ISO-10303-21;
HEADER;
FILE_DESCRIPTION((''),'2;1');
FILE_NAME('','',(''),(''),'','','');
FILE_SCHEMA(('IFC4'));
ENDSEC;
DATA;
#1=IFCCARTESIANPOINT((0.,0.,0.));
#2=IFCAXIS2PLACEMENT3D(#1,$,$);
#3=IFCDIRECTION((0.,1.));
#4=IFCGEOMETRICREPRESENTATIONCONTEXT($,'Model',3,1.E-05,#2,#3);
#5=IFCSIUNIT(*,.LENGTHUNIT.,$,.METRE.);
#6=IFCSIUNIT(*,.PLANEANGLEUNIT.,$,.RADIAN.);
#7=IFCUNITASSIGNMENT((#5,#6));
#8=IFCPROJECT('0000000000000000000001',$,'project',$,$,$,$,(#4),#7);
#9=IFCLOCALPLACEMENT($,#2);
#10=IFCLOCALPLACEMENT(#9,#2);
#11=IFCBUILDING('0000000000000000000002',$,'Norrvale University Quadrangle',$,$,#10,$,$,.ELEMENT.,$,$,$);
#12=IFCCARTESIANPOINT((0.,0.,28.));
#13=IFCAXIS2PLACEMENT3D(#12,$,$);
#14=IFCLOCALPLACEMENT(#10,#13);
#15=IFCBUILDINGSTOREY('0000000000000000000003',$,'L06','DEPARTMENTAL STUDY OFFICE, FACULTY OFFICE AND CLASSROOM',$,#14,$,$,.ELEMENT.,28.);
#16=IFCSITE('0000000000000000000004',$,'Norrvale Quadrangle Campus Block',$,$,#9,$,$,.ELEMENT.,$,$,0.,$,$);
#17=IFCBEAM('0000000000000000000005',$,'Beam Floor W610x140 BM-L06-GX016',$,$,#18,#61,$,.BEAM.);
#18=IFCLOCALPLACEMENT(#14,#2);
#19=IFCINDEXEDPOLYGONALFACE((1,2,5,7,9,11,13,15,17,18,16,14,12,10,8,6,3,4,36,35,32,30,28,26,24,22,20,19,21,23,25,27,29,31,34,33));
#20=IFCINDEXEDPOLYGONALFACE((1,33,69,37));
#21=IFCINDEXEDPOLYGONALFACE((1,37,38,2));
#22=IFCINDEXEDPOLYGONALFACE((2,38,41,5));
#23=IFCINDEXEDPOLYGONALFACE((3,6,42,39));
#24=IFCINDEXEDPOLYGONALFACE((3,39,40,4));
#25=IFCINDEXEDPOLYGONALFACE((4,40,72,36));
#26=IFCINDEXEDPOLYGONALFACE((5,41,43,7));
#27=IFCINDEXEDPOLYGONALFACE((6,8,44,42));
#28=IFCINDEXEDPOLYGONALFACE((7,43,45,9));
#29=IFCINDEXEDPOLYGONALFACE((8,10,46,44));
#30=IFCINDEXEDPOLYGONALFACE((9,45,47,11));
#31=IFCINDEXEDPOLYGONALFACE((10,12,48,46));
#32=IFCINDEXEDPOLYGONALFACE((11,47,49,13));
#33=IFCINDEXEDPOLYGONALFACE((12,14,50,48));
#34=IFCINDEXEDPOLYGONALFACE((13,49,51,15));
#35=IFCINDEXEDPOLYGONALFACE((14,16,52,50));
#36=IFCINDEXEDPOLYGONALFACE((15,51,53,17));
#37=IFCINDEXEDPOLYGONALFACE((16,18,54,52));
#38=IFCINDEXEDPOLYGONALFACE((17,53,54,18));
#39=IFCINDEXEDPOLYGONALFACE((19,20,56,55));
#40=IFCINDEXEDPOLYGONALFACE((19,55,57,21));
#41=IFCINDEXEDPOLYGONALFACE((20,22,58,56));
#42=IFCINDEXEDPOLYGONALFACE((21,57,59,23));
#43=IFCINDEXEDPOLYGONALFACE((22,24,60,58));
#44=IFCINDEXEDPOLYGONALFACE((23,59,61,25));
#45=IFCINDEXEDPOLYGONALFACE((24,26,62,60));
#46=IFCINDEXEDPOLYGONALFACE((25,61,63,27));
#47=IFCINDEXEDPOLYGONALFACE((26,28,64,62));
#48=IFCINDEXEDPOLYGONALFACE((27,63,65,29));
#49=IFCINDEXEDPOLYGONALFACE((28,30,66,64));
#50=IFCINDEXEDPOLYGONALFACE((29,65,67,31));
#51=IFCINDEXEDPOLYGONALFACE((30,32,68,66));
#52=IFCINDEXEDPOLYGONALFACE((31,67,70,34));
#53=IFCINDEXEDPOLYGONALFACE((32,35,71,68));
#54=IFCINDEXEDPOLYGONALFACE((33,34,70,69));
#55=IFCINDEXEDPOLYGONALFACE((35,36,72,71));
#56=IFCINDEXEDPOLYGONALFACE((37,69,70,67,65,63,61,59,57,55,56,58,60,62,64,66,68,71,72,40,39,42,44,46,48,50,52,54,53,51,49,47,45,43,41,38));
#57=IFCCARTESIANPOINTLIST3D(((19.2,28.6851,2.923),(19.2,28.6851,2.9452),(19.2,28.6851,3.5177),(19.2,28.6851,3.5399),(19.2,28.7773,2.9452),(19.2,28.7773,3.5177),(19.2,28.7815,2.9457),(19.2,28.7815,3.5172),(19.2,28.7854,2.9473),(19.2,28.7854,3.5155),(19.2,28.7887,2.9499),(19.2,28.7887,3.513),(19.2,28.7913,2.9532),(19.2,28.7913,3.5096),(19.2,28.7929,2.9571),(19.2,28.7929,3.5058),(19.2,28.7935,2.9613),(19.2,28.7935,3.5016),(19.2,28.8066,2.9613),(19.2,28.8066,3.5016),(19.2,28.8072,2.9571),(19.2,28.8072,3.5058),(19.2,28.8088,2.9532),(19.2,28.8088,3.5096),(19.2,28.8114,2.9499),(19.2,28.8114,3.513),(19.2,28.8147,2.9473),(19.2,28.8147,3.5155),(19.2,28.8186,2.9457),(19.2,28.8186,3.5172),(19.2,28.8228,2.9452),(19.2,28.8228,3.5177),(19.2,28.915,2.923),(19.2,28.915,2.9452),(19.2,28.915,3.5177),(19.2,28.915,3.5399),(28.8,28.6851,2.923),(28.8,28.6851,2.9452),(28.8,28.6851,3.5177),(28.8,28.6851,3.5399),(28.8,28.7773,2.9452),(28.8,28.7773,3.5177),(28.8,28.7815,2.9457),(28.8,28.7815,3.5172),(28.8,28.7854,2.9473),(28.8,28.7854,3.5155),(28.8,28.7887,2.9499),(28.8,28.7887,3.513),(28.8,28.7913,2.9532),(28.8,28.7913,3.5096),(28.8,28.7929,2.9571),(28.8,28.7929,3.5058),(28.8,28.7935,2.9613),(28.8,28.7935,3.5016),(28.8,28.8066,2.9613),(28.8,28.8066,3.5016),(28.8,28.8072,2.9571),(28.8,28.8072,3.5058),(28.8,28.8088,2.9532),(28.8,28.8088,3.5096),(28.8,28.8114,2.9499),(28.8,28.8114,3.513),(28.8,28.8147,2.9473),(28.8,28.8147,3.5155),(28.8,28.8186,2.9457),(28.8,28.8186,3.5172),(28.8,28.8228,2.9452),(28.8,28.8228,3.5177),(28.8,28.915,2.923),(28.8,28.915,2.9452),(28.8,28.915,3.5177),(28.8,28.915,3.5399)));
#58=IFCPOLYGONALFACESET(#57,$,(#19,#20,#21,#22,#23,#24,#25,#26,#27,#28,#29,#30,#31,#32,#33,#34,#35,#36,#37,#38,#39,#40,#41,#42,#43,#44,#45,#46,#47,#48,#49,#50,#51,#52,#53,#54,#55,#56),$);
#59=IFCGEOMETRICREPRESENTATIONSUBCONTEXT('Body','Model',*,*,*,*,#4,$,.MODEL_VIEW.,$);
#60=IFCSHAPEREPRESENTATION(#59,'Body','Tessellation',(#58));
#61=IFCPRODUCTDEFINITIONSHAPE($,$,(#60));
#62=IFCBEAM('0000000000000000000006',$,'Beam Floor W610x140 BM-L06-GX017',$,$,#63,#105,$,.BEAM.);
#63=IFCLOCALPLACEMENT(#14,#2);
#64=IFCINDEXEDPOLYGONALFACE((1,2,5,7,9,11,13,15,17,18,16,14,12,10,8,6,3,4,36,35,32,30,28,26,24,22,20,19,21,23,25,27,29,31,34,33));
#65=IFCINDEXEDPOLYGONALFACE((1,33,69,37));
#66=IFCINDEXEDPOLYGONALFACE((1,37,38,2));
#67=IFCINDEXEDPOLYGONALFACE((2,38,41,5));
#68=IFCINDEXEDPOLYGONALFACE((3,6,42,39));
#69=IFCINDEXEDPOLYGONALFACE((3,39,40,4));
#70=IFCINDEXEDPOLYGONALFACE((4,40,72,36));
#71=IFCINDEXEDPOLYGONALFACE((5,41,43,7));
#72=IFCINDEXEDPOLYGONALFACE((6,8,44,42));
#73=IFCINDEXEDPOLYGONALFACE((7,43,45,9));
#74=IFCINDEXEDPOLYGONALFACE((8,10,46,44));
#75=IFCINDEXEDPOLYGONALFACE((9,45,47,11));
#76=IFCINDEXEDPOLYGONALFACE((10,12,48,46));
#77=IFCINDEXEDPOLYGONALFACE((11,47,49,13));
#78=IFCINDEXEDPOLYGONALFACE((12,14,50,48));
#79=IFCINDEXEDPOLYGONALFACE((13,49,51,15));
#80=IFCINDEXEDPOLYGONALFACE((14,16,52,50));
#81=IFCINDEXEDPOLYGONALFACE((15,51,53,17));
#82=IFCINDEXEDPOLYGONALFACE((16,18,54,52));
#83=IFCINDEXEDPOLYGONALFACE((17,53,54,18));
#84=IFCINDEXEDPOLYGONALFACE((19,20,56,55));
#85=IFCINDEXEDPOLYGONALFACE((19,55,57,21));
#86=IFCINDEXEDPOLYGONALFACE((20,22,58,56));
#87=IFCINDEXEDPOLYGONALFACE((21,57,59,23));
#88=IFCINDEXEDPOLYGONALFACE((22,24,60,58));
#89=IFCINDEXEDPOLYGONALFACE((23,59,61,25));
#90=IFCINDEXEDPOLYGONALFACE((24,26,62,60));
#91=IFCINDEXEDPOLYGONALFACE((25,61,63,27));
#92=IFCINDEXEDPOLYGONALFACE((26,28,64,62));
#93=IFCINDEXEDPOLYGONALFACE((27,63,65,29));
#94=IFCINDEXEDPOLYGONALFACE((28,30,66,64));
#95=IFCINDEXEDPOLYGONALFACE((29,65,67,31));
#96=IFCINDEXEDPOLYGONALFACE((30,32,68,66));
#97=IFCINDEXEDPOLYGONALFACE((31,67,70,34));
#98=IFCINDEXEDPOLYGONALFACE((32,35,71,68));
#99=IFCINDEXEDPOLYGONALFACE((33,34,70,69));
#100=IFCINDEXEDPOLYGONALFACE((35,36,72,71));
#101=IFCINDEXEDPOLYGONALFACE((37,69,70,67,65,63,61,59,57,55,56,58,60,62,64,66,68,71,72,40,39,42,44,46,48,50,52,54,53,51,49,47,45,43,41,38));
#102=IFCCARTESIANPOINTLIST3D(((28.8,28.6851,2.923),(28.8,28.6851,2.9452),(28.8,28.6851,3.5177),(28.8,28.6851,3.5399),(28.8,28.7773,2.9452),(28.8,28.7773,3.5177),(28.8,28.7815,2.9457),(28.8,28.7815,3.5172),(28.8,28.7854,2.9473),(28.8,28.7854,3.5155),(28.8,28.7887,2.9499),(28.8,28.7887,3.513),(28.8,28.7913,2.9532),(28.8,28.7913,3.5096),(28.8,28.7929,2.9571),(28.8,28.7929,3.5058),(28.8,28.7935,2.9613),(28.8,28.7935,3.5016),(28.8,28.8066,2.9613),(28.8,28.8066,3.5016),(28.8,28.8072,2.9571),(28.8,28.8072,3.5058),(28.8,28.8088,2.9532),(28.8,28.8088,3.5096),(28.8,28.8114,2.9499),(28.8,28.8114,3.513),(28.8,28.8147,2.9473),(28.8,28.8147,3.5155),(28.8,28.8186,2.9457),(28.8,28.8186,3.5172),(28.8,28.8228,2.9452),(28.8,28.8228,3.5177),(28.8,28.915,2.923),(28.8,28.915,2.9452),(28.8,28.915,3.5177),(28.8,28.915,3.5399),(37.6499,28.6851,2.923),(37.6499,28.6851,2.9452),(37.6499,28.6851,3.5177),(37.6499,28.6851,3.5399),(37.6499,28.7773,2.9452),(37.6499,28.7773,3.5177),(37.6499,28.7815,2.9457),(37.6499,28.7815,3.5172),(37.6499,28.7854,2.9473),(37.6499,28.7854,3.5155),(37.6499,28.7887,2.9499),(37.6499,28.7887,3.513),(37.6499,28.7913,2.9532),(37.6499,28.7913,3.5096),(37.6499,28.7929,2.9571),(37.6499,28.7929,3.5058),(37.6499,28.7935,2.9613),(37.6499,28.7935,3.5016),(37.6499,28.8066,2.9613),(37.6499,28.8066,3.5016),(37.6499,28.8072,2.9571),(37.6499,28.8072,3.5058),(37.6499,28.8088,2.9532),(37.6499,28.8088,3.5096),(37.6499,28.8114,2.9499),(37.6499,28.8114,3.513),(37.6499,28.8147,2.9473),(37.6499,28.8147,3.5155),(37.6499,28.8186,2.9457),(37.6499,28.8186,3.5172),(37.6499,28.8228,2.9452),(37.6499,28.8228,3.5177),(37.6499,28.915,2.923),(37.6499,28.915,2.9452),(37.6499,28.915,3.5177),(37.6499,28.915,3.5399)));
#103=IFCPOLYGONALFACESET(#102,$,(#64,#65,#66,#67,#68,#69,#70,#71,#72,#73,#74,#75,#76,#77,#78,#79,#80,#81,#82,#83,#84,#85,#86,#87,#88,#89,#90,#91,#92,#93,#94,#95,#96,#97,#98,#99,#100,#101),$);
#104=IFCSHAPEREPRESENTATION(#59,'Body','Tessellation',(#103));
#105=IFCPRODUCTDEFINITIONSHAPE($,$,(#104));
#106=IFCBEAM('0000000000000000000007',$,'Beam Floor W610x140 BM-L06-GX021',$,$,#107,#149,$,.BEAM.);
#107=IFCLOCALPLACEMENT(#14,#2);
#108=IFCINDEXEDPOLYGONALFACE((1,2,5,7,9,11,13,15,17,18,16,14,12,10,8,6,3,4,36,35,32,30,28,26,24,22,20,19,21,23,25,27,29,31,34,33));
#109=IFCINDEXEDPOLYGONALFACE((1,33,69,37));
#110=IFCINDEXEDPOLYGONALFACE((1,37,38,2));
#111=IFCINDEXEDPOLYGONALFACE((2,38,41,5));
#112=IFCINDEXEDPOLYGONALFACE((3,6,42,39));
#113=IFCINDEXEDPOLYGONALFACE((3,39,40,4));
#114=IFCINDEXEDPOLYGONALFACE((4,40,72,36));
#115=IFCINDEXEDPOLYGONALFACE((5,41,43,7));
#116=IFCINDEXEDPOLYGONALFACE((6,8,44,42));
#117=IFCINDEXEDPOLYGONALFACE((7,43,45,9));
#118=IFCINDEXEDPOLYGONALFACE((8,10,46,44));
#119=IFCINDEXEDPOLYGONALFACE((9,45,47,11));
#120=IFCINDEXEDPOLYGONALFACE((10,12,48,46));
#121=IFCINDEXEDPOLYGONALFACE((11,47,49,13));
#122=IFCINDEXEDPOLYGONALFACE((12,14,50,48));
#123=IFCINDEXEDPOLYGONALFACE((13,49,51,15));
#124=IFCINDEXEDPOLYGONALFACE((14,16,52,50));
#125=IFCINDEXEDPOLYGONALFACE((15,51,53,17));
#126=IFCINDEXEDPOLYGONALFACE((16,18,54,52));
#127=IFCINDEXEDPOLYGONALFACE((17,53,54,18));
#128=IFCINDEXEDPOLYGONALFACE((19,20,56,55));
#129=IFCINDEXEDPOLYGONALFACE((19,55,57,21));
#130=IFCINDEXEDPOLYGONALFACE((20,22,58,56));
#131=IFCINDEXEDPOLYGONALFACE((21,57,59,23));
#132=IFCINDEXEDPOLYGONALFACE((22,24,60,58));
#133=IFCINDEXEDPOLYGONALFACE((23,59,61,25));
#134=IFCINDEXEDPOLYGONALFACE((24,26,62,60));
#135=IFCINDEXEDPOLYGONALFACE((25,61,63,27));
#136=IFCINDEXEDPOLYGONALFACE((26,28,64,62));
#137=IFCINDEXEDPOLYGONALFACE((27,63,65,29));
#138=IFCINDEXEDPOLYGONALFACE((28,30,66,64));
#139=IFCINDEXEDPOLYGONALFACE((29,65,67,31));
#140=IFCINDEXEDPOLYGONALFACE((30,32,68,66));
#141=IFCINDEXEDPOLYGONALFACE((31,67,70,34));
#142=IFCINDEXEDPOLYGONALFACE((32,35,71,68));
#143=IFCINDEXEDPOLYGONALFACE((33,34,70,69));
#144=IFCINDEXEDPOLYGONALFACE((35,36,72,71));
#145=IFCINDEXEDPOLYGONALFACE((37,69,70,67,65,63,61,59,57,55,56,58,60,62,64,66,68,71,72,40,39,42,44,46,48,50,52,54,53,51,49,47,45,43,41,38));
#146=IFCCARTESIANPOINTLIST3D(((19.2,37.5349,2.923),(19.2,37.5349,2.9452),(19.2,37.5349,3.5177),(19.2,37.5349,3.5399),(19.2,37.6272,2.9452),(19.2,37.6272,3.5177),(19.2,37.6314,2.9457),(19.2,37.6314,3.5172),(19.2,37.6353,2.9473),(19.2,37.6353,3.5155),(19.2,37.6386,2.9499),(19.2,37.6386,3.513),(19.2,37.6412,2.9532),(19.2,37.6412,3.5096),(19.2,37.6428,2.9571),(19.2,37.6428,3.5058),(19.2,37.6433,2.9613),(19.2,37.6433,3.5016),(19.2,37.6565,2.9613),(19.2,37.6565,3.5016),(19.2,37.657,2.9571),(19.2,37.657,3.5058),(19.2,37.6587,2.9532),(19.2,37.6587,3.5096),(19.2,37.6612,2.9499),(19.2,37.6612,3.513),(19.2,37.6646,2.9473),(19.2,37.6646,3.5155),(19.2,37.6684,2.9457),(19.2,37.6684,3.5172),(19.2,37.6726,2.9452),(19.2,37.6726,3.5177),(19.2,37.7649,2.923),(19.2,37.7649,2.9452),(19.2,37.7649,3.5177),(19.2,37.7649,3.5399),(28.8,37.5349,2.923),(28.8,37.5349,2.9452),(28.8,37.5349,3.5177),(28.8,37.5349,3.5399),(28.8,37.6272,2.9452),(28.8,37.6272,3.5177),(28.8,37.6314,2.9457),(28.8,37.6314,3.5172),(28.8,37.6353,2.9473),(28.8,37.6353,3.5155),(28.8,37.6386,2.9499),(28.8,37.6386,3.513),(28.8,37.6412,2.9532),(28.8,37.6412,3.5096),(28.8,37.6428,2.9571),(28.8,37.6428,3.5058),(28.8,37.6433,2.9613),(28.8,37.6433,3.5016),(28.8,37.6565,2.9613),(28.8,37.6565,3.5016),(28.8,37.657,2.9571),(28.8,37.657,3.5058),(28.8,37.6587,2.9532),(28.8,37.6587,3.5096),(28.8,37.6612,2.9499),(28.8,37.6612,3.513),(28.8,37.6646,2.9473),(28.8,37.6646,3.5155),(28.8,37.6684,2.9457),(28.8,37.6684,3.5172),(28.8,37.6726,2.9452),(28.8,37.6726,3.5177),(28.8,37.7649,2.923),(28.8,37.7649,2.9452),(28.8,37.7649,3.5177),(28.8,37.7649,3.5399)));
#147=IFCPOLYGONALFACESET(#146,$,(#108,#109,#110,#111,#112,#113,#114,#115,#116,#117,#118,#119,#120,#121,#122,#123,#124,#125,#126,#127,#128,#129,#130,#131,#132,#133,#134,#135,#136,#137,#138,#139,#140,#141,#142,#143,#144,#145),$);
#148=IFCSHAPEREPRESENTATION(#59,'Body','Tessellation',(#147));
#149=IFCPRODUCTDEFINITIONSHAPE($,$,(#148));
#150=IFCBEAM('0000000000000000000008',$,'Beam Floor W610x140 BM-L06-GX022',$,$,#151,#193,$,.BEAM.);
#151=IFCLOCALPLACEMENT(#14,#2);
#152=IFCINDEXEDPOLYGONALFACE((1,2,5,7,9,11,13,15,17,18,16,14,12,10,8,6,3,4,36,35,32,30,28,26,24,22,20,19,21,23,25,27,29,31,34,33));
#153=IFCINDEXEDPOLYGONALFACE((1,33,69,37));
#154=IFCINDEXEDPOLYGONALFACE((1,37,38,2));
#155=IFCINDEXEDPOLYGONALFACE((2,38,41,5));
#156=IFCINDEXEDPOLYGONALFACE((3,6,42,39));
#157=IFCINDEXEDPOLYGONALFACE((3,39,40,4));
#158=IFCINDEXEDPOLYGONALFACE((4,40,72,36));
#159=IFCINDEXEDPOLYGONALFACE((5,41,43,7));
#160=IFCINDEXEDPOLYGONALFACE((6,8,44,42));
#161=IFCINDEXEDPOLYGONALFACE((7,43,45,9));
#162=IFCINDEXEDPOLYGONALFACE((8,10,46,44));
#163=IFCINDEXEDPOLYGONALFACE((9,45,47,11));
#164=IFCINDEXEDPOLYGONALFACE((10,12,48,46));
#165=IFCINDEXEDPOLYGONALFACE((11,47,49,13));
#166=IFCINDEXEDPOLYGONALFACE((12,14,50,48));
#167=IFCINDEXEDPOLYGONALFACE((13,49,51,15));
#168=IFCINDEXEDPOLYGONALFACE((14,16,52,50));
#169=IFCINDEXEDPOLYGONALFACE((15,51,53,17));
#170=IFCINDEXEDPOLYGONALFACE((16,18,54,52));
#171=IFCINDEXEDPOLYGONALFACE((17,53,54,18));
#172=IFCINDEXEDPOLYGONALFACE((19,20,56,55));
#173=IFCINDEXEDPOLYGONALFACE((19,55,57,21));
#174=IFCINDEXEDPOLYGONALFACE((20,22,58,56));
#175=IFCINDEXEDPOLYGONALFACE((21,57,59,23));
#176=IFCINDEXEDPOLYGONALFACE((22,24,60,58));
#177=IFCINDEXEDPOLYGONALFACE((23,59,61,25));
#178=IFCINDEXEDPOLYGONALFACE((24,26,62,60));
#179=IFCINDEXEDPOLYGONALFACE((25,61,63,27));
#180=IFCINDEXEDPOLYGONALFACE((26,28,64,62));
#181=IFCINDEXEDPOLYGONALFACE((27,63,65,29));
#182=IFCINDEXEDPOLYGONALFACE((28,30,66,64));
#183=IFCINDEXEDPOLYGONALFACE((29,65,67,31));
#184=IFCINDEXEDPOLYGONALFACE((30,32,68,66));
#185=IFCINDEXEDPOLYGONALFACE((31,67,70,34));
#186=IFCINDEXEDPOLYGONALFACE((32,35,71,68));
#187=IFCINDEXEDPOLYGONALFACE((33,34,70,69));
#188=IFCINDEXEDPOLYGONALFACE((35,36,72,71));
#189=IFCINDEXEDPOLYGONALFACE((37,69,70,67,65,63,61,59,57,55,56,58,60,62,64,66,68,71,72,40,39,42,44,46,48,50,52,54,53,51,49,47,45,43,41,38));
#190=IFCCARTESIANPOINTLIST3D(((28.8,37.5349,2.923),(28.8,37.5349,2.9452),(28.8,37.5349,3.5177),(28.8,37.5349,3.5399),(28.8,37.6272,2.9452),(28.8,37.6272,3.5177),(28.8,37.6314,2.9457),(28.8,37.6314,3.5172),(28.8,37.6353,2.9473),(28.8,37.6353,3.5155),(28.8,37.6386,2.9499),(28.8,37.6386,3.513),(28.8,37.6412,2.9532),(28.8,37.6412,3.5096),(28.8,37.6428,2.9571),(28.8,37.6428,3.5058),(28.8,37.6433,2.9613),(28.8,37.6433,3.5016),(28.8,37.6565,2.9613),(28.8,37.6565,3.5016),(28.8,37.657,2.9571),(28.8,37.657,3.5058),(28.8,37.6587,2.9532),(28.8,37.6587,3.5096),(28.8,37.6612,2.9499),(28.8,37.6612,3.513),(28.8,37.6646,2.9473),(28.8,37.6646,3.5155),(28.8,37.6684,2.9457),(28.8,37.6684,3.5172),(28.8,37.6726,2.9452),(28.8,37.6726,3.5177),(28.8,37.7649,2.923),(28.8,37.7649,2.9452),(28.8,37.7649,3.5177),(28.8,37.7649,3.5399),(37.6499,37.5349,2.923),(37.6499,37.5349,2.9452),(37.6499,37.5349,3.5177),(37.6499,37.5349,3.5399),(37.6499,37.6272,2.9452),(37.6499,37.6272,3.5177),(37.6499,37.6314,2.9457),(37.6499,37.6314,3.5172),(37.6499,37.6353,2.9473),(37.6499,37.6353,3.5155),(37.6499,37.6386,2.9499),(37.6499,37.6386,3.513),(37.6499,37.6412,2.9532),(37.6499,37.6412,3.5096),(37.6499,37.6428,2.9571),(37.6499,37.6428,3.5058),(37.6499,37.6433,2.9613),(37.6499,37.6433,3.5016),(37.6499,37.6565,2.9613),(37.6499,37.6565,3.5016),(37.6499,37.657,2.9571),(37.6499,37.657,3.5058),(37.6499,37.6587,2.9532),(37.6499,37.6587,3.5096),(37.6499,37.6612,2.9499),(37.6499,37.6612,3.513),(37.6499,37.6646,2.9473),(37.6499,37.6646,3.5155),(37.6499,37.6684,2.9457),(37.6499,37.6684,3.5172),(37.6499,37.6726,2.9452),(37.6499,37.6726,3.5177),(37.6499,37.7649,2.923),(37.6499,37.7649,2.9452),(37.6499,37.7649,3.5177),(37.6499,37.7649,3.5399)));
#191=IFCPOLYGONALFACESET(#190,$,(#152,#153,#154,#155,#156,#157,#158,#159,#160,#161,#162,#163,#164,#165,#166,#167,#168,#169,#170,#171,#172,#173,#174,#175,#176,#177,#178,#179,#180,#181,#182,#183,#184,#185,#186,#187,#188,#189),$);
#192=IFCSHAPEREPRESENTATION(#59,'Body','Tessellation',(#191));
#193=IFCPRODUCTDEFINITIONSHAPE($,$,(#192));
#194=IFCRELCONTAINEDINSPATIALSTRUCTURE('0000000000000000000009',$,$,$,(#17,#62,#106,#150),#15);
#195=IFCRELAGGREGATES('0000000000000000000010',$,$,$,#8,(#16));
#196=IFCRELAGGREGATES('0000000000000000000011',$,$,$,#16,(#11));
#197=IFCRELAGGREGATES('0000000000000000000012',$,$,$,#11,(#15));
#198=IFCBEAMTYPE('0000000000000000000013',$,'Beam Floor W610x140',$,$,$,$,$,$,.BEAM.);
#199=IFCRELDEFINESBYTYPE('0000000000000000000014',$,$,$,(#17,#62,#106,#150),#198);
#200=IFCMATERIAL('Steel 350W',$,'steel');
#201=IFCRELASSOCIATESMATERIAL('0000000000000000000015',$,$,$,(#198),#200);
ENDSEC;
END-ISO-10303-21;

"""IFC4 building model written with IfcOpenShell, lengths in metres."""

from ifc_helpers import new_model, si_unit, direction, frame, origin, origin_2d, place, context, subcontext, project, spatial, i_section, extrude, material, material_profile, profile_set, type_object, element, save


model = new_model("IFC4")

# Units and contexts
model_context = context("Model", 3, precision=1e-05, world=origin(), true_north=direction((0.0, 1.0)))
body_context = subcontext(model_context, "Body", "Model", "MODEL_VIEW")
ifc_project = project(units=[si_unit("LENGTHUNIT", "METRE"), si_unit("PLANEANGLEUNIT", "RADIAN")], contexts=[model_context])

# Site, building, storey
site_placement = place(None, origin())
site = spatial("IfcSite", under=ifc_project, at=site_placement, Name="Norrvale Quadrangle Campus Block", CompositionType="ELEMENT", RefElevation=0.0)
building_placement = place(site_placement, origin())
building = spatial("IfcBuilding", under=site, at=building_placement, Name="Norrvale University Quadrangle", CompositionType="ELEMENT")
storey_placement = place(building_placement, frame((0.0, 0.0, 28.0)))
storey = spatial("IfcBuildingStorey", under=building, at=storey_placement, Name="L06", Description="DEPARTMENTAL STUDY OFFICE, FACULTY OFFICE AND CLASSROOM", CompositionType="ELEMENT", Elevation=28.0)

# Beams
ifc_material_1 = material(Name="Steel 350W", Category="steel")
ifc_material_profile_1 = material_profile(ifc_material_1, i_section(OverallWidth=0.23, OverallDepth=0.6169, WebThickness=0.0132, FlangeThickness=0.0222, FilletRadius=0.0161, at=origin_2d()), Name="Steel 350W")
ifc_profile_set_1 = profile_set([ifc_material_profile_1], Name="Steel 350W")
beam_type_1 = type_object("IfcBeamType", Name="Beam Floor W610x140", PredefinedType="BEAM", material=ifc_profile_set_1)
beam_1_placement = place(storey_placement, frame((19.2, 28.8, 3.2314), z_axis=(1.0, 0.0, 0.0), x_axis=(0.0, 1.0, 0.0)))
element("IfcBeam", 1, at=beam_1_placement, inside=storey, type_object=beam_type_1, Name="Beam Floor W610x140 BM-L06-GX016", PredefinedType="BEAM", context=body_context, shape_type="SweptSolid", body=[
    extrude(i_section(OverallWidth=0.23, OverallDepth=0.6169, WebThickness=0.0132, FlangeThickness=0.0222, FilletRadius=0.0161, at=origin_2d()), origin(), (0.0, 0.0, 1.0), 9.6001),
])
beam_2_placement = place(storey_placement, frame((28.8, 28.8, 3.2314), z_axis=(1.0, 0.0, 0.0), x_axis=(0.0, 1.0, 0.0)))
element("IfcBeam", 2, at=beam_2_placement, inside=storey, type_object=beam_type_1, Name="Beam Floor W610x140 BM-L06-GX017", PredefinedType="BEAM", context=body_context, shape_type="SweptSolid", body=[
    extrude(i_section(OverallWidth=0.23, OverallDepth=0.6169, WebThickness=0.0132, FlangeThickness=0.0222, FilletRadius=0.0161, at=origin_2d()), origin(), (0.0, 0.0, 1.0), 8.8499),
])
beam_3_placement = place(storey_placement, frame((19.2, 37.6499, 3.2314), z_axis=(1.0, 0.0, 0.0), x_axis=(0.0, 1.0, 0.0)))
element("IfcBeam", 3, at=beam_3_placement, inside=storey, type_object=beam_type_1, Name="Beam Floor W610x140 BM-L06-GX021", PredefinedType="BEAM", context=body_context, shape_type="SweptSolid", body=[
    extrude(i_section(OverallWidth=0.23, OverallDepth=0.6169, WebThickness=0.0132, FlangeThickness=0.0222, FilletRadius=0.0161, at=origin_2d()), origin(), (0.0, 0.0, 1.0), 9.6001),
])
for number, where, z_axis, x_axis, name in (
    (4, (28.8, 37.6499, 3.2314), (1.0, 0.0, 0.0), (0.0, 1.0, 0.0), "Beam Floor W610x140 BM-L06-GX022"),
):
    element("IfcBeam", number, at=place(storey_placement, frame(where, z_axis=z_axis, x_axis=x_axis)), inside=storey, type_object=beam_type_1, Name=name, PredefinedType="BEAM", context=body_context, shape_type="SweptSolid", body=[
        extrude(i_section(OverallWidth=0.23, OverallDepth=0.6169, WebThickness=0.0132, FlangeThickness=0.0222, FilletRadius=0.0161, at=origin_2d()), origin(), (0.0, 0.0, 1.0), 8.8499),
    ])

save(model, "model.ifc")
